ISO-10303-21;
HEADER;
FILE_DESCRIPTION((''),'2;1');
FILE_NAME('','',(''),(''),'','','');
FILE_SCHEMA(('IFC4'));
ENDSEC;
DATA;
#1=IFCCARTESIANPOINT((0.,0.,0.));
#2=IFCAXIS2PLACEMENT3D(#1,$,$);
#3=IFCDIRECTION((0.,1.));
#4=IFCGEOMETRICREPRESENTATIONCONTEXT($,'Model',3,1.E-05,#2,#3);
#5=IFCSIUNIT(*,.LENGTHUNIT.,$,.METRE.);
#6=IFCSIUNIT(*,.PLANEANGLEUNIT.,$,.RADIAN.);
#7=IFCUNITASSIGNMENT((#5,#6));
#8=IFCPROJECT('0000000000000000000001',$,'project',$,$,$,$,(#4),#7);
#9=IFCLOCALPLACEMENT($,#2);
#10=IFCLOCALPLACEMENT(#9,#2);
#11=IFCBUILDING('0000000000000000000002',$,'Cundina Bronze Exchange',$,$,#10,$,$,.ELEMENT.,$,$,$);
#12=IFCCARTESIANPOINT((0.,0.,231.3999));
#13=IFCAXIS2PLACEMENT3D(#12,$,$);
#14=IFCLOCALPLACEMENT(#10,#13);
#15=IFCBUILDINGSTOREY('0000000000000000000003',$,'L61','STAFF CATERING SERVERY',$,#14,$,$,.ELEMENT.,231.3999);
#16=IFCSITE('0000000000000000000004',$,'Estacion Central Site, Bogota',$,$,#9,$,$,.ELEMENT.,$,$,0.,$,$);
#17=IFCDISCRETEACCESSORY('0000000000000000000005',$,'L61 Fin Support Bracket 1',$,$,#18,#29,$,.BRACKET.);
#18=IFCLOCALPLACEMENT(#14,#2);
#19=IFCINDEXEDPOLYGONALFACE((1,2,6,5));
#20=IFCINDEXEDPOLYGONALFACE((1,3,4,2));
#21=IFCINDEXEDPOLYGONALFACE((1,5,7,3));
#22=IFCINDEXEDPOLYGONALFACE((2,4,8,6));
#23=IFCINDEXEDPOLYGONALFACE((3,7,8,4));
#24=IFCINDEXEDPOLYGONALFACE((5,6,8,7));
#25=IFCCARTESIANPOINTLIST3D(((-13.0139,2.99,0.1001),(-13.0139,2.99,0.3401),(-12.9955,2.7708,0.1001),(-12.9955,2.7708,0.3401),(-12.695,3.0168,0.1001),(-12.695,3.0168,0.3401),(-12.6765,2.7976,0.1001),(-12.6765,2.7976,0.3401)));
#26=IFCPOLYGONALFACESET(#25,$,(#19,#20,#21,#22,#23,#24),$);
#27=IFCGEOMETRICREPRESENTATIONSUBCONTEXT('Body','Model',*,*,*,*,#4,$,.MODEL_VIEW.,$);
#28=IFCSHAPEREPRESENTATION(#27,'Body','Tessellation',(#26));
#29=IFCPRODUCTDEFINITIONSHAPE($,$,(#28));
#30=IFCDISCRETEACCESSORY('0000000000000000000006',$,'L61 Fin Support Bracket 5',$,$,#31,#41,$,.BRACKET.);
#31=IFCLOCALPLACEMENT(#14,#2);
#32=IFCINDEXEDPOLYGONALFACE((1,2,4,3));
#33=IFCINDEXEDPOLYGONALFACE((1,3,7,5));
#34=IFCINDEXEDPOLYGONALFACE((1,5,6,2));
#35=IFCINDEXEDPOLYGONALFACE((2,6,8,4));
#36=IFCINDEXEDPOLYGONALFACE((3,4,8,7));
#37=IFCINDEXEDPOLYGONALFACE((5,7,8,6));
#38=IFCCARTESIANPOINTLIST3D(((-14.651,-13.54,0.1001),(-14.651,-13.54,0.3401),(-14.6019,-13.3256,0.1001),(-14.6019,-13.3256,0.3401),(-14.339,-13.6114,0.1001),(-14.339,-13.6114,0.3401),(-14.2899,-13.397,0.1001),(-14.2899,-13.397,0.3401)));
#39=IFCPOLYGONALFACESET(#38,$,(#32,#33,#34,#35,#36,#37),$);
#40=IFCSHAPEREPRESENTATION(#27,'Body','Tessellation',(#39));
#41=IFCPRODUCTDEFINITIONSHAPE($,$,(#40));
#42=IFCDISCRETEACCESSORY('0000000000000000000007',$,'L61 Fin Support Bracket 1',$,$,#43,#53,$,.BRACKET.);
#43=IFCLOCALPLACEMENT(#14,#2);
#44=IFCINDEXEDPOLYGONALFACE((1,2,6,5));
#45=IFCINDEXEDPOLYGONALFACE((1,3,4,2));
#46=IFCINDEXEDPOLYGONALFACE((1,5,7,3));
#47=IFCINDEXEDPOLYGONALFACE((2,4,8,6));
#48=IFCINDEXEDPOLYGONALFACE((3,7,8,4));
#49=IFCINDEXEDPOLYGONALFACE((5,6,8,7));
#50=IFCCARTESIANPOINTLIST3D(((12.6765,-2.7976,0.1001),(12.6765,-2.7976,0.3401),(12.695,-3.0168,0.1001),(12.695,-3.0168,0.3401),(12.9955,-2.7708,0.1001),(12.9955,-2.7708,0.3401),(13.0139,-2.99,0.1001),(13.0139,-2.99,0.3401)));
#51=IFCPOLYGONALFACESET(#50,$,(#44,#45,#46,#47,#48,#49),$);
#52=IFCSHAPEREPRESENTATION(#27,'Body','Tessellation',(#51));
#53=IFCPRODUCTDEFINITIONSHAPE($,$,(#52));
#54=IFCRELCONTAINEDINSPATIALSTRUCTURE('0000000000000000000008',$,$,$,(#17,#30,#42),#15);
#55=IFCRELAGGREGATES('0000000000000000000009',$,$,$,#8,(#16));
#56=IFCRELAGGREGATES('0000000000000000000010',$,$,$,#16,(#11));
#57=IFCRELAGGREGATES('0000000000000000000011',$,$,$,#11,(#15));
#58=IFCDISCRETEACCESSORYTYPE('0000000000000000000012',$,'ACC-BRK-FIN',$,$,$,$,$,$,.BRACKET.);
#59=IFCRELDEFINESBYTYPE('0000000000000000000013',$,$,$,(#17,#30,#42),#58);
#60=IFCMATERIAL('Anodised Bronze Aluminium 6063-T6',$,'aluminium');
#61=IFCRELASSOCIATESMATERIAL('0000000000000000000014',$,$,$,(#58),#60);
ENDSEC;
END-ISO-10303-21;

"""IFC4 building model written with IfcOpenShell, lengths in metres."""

from ifc_helpers import new_model, si_unit, direction, frame, origin, origin_2d, place, context, subcontext, project, spatial, rectangle, extrude, material, type_object, element, save


model = new_model("IFC4")

# Units and contexts
model_context = context("Model", 3, precision=1e-05, world=origin(), true_north=direction((0.0, 1.0)))
body_context = subcontext(model_context, "Body", "Model", "MODEL_VIEW")
ifc_project = project(units=[si_unit("LENGTHUNIT", "METRE"), si_unit("PLANEANGLEUNIT", "RADIAN")], contexts=[model_context])

# Site, building, storey
site_placement = place(None, origin())
site = spatial("IfcSite", under=ifc_project, at=site_placement, Name="Estacion Central Site, Bogota", CompositionType="ELEMENT", RefElevation=0.0)
building_placement = place(site_placement, origin())
building = spatial("IfcBuilding", under=site, at=building_placement, Name="Cundina Bronze Exchange", CompositionType="ELEMENT")
storey_placement = place(building_placement, frame((0.0, 0.0, 231.3999)))
storey = spatial("IfcBuildingStorey", under=building, at=storey_placement, Name="L61", Description="STAFF CATERING SERVERY", CompositionType="ELEMENT", Elevation=231.3999)

# Shared definitions
ifc_material_1 = material(Name="Anodised Bronze Aluminium 6063-T6", Category="aluminium")

# Discrete accessories
discrete_accessory_type = type_object("IfcDiscreteAccessoryType", Name="ACC-BRK-FIN", PredefinedType="BRACKET", material=ifc_material_1)
for number, where, z_axis, x_axis, name in (
    (1, (-12.8452, 2.8938, 0.1001), (0.0, 0.0, 1.0), (-0.083747, 0.996487, 0.0), "L61 Fin Support Bracket 1"),
    (2, (-14.4705, -13.4685, 0.1001), (0.0, 0.0, 1.0), (0.223284, 0.974753, 0.0), "L61 Fin Support Bracket 5"),
    (3, (12.8452, -2.8938, 0.1001), (0.0, 0.0, 1.0), (0.083747, -0.996487, 0.0), "L61 Fin Support Bracket 1"),
):
    element("IfcDiscreteAccessory", number, at=place(storey_placement, frame(where, z_axis=z_axis, x_axis=x_axis)), inside=storey, type_object=discrete_accessory_type, Name=name, PredefinedType="BRACKET", context=body_context, shape_type="SweptSolid", body=[
        extrude(rectangle(XDim=0.22, YDim=0.3201, at=origin_2d()), origin(), (0.0, 0.0, 1.0), 0.24),
    ])

save(model, "model.ifc")
